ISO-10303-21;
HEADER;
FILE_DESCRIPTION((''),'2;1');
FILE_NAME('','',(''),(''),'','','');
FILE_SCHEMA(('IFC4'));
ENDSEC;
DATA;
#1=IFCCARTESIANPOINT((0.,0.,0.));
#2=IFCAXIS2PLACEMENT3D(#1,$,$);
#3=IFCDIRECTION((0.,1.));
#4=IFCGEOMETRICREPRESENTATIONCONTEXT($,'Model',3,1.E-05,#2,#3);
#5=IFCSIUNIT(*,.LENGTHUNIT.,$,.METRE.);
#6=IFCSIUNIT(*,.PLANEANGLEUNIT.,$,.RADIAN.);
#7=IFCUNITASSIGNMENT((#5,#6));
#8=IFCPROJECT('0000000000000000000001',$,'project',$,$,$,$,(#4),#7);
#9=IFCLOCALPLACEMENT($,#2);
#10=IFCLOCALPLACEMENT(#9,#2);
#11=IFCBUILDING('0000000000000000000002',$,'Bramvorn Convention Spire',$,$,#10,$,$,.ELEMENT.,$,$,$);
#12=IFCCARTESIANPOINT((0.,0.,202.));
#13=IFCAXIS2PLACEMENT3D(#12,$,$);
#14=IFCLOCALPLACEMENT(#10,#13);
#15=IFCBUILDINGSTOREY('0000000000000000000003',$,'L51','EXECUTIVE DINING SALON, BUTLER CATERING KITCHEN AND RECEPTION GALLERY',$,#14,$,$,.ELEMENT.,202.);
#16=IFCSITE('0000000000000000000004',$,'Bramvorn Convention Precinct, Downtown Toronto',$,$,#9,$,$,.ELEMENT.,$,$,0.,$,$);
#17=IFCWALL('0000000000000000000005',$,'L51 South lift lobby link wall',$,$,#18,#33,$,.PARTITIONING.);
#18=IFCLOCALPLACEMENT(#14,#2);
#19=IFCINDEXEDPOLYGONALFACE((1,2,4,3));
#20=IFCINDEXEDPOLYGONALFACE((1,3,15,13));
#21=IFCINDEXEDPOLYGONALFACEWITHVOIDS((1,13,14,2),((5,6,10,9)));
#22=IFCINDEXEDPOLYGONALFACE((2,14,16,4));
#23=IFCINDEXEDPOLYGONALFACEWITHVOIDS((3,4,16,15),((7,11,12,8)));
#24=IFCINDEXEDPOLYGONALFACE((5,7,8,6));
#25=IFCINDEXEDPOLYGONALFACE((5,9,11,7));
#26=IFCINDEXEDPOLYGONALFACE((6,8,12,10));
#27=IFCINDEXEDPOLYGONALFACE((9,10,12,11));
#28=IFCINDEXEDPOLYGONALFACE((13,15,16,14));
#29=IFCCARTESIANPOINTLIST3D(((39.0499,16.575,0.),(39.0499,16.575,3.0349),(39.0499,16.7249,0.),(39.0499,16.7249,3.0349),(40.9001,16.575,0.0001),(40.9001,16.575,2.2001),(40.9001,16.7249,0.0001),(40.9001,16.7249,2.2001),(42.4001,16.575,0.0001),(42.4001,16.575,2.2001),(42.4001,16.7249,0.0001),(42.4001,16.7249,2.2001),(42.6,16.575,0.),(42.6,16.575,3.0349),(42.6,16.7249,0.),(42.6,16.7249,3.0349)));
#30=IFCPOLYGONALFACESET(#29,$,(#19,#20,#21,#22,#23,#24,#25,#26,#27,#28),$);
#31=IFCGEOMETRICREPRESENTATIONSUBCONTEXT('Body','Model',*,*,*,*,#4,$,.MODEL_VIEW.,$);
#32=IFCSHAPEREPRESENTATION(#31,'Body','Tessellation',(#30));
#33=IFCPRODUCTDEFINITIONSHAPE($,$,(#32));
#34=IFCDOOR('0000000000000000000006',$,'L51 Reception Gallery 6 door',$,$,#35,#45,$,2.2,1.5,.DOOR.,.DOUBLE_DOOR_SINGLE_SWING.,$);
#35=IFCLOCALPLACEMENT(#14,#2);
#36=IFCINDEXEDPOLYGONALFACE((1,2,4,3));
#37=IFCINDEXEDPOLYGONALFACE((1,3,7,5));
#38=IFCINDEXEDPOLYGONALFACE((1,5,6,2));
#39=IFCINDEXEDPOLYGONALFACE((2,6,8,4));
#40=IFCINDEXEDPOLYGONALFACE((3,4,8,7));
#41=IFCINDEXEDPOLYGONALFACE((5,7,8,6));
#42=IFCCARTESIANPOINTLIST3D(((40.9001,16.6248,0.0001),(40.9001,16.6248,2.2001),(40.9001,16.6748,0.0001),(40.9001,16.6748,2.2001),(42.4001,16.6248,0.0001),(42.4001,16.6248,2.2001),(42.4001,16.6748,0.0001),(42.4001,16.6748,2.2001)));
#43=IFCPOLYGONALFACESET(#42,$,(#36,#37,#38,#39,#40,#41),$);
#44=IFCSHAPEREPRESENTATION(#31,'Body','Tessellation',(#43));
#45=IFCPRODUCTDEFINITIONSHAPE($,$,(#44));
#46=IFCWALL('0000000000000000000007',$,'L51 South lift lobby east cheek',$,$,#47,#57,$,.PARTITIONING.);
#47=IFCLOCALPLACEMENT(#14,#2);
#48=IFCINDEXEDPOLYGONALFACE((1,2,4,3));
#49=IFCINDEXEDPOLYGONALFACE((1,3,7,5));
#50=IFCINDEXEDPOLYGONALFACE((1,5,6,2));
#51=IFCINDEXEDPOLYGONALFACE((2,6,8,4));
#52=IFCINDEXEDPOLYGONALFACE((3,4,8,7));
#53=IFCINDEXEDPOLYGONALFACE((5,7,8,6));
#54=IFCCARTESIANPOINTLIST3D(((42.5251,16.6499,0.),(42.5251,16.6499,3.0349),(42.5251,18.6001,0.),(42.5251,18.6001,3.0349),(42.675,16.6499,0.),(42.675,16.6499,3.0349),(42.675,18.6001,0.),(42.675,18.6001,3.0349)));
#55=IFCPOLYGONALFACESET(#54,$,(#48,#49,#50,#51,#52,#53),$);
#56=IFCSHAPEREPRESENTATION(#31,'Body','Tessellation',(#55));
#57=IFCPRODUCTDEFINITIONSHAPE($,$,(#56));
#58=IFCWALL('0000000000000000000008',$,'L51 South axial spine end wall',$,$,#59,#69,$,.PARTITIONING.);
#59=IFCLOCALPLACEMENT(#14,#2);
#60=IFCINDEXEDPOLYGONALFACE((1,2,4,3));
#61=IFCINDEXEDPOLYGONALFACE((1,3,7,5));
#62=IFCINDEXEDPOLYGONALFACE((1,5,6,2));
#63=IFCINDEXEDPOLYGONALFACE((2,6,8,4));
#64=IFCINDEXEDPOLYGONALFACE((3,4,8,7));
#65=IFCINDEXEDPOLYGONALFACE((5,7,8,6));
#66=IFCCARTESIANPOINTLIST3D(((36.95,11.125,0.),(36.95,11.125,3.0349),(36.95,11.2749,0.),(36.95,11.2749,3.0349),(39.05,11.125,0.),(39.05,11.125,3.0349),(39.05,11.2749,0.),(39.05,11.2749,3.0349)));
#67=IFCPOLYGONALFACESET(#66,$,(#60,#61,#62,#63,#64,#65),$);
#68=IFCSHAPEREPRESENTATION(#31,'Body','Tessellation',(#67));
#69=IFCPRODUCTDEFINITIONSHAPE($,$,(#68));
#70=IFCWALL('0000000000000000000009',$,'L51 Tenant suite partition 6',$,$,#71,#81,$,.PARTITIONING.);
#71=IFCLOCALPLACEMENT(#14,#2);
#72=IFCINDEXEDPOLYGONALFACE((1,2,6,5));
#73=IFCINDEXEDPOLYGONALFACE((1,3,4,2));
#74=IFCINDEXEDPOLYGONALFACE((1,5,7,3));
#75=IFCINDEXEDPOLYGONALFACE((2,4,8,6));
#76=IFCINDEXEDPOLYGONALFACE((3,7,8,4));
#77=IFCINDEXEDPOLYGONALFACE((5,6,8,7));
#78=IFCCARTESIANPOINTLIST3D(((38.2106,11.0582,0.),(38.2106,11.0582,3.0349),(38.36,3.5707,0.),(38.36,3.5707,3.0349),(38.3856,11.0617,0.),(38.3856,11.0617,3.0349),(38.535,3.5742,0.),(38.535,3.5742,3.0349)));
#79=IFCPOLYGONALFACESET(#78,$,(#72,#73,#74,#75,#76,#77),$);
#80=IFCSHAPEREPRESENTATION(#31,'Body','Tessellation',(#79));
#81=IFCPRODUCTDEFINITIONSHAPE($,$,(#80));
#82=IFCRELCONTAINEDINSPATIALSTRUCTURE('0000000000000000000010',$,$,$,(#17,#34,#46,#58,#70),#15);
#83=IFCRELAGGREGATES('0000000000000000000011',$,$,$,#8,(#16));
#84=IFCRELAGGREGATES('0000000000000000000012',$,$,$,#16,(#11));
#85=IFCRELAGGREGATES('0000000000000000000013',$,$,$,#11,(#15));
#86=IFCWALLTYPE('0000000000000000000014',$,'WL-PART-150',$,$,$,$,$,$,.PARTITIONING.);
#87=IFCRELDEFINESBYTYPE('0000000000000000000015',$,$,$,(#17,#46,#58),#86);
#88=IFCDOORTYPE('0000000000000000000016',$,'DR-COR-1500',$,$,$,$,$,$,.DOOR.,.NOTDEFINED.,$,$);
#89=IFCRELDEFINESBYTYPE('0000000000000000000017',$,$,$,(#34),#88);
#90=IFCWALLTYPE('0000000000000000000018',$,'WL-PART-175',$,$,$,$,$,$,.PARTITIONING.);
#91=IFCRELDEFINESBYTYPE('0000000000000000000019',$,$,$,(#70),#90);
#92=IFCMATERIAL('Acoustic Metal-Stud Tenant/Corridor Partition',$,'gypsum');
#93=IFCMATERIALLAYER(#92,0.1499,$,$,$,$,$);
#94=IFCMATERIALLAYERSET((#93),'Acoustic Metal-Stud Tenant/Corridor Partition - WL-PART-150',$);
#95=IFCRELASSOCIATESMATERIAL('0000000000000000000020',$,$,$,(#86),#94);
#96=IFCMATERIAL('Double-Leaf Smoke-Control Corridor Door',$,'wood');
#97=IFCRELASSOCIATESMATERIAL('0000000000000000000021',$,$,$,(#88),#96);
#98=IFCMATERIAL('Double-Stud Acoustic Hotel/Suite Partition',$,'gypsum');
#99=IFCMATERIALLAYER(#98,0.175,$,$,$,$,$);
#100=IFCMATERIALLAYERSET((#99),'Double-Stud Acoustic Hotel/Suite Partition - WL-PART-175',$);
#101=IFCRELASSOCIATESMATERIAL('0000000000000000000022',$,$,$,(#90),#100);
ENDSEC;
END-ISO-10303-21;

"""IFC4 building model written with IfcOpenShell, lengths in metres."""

from ifc_helpers import new_model, si_unit, direction, frame, frame_2d, origin, place, context, subcontext, project, spatial, rectangle, extrude, material, layer, layer_set, type_object, element, fill, save


model = new_model("IFC4")

# Units and contexts
model_context = context("Model", 3, precision=1e-05, world=origin(), true_north=direction((0.0, 1.0)))
body_context = subcontext(model_context, "Body", "Model", "MODEL_VIEW")
ifc_project = project(units=[si_unit("LENGTHUNIT", "METRE"), si_unit("PLANEANGLEUNIT", "RADIAN")], contexts=[model_context])

# Site, building, storey
site_placement = place(None, origin())
site = spatial("IfcSite", under=ifc_project, at=site_placement, Name="Bramvorn Convention Precinct, Downtown Toronto", CompositionType="ELEMENT", RefElevation=0.0)
building_placement = place(site_placement, origin())
building = spatial("IfcBuilding", under=site, at=building_placement, Name="Bramvorn Convention Spire", CompositionType="ELEMENT")
storey_placement = place(building_placement, frame((0.0, 0.0, 202.0)))
storey = spatial("IfcBuildingStorey", under=building, at=storey_placement, Name="L51", Description="EXECUTIVE DINING SALON, BUTLER CATERING KITCHEN AND RECEPTION GALLERY", CompositionType="ELEMENT", Elevation=202.0)

# Shared definitions
ifc_material_1 = material(Name="Acoustic Metal-Stud Tenant/Corridor Partition", Category="gypsum")
ifc_layer_1 = layer(ifc_material_1, 0.1499)
ifc_layer_set_1 = layer_set([ifc_layer_1], Name="Acoustic Metal-Stud Tenant/Corridor Partition - WL-PART-150")
wall_type_1 = type_object("IfcWallType", Name="WL-PART-150", PredefinedType="PARTITIONING", material=ifc_layer_set_1)

# Wall, opening, door
wall_1_placement = place(storey_placement, frame((39.05, 16.6499, 0.0), z_axis=(0.0, 0.0, 1.0), x_axis=(1.0, 0.0, 0.0)))
wall_1 = element("IfcWall", 1, at=wall_1_placement, inside=storey, type_object=wall_type_1, Name="L51 South lift lobby link wall", PredefinedType="PARTITIONING", context=body_context, shape_type="SweptSolid", body=[
    extrude(rectangle(XDim=3.55, YDim=0.1499, at=frame_2d((1.7749, 0.0))), origin(), (0.0, 0.0, 1.0), 3.0349),
])
opening_1_placement = place(wall_1_placement, frame((1.8501, 0.0, 0.0)))
opening_1 = element("IfcOpeningElement", 2, at=opening_1_placement, cuts=wall_1, PredefinedType="OPENING", context=body_context, shape_type="SweptSolid", body=[
    extrude(rectangle(XDim=1.5, YDim=2.2, at=frame_2d((0.75, 1.1001))), frame((0.0, 0.085, 0.0), z_axis=(0.0, -1.0, 0.0), x_axis=(1.0, 0.0, 0.0)), (0.0, 0.0, 1.0), 0.1699),
])
ifc_material_2 = material(Name="Double-Leaf Smoke-Control Corridor Door", Category="wood")
door_type_1 = type_object("IfcDoorType", Name="DR-COR-1500", OperationType="NOTDEFINED", PredefinedType="DOOR", material=ifc_material_2)
door_1_placement = place(opening_1_placement, origin())
door_1 = element("IfcDoor", 3, at=door_1_placement, inside=storey, type_object=door_type_1, Name="L51 Reception Gallery 6 door", OperationType="DOUBLE_DOOR_SINGLE_SWING", OverallHeight=2.2, OverallWidth=1.5, PredefinedType="DOOR", context=body_context, shape_type="SweptSolid", body=[
    extrude(rectangle(XDim=1.5, YDim=2.2, at=frame_2d((0.75, 1.1001))), frame((0.0, 0.0249, 0.0), z_axis=(0.0, -1.0, 0.0), x_axis=(1.0, 0.0, 0.0)), (0.0, 0.0, 1.0), 0.05),
])
fill(opening_1, door_1)

# Walls
wall_2_placement = place(storey_placement, frame((42.6001, 16.6499, 0.0), z_axis=(0.0, 0.0, 1.0), x_axis=(0.0, 1.0, 0.0)))
element("IfcWall", 4, at=wall_2_placement, inside=storey, type_object=wall_type_1, Name="L51 South lift lobby east cheek", PredefinedType="PARTITIONING", context=body_context, shape_type="SweptSolid", body=[
    extrude(rectangle(XDim=1.9502, YDim=0.1499, at=frame_2d((0.9751, 0.0))), origin(), (0.0, 0.0, 1.0), 3.0349),
])
wall_3_placement = place(storey_placement, frame((36.95, 11.2, 0.0), z_axis=(0.0, 0.0, 1.0), x_axis=(1.0, 0.0, 0.0)))
element("IfcWall", 5, at=wall_3_placement, inside=storey, type_object=wall_type_1, Name="L51 South axial spine end wall", PredefinedType="PARTITIONING", context=body_context, shape_type="SweptSolid", body=[
    extrude(rectangle(XDim=2.1001, YDim=0.1499, at=frame_2d((1.05, 0.0))), origin(), (0.0, 0.0, 1.0), 3.0349),
])
ifc_material_3 = material(Name="Double-Stud Acoustic Hotel/Suite Partition", Category="gypsum")
ifc_layer_2 = layer(ifc_material_3, 0.175)
ifc_layer_set_2 = layer_set([ifc_layer_2], Name="Double-Stud Acoustic Hotel/Suite Partition - WL-PART-175")
wall_type_2 = type_object("IfcWallType", Name="WL-PART-175", PredefinedType="PARTITIONING", material=ifc_layer_set_2)
wall_4_placement = place(storey_placement, frame((38.2981, 11.0601, 0.0), z_axis=(0.0, 0.0, 1.0), x_axis=(0.019951, -0.999801, 0.0)))
element("IfcWall", 6, at=wall_4_placement, inside=storey, type_object=wall_type_2, Name="L51 Tenant suite partition 6", PredefinedType="PARTITIONING", context=body_context, shape_type="SweptSolid", body=[
    extrude(rectangle(XDim=7.489, YDim=0.175, at=frame_2d((3.7446, 0.0))), origin(), (0.0, 0.0, 1.0), 3.0349),
])

save(model, "model.ifc")
